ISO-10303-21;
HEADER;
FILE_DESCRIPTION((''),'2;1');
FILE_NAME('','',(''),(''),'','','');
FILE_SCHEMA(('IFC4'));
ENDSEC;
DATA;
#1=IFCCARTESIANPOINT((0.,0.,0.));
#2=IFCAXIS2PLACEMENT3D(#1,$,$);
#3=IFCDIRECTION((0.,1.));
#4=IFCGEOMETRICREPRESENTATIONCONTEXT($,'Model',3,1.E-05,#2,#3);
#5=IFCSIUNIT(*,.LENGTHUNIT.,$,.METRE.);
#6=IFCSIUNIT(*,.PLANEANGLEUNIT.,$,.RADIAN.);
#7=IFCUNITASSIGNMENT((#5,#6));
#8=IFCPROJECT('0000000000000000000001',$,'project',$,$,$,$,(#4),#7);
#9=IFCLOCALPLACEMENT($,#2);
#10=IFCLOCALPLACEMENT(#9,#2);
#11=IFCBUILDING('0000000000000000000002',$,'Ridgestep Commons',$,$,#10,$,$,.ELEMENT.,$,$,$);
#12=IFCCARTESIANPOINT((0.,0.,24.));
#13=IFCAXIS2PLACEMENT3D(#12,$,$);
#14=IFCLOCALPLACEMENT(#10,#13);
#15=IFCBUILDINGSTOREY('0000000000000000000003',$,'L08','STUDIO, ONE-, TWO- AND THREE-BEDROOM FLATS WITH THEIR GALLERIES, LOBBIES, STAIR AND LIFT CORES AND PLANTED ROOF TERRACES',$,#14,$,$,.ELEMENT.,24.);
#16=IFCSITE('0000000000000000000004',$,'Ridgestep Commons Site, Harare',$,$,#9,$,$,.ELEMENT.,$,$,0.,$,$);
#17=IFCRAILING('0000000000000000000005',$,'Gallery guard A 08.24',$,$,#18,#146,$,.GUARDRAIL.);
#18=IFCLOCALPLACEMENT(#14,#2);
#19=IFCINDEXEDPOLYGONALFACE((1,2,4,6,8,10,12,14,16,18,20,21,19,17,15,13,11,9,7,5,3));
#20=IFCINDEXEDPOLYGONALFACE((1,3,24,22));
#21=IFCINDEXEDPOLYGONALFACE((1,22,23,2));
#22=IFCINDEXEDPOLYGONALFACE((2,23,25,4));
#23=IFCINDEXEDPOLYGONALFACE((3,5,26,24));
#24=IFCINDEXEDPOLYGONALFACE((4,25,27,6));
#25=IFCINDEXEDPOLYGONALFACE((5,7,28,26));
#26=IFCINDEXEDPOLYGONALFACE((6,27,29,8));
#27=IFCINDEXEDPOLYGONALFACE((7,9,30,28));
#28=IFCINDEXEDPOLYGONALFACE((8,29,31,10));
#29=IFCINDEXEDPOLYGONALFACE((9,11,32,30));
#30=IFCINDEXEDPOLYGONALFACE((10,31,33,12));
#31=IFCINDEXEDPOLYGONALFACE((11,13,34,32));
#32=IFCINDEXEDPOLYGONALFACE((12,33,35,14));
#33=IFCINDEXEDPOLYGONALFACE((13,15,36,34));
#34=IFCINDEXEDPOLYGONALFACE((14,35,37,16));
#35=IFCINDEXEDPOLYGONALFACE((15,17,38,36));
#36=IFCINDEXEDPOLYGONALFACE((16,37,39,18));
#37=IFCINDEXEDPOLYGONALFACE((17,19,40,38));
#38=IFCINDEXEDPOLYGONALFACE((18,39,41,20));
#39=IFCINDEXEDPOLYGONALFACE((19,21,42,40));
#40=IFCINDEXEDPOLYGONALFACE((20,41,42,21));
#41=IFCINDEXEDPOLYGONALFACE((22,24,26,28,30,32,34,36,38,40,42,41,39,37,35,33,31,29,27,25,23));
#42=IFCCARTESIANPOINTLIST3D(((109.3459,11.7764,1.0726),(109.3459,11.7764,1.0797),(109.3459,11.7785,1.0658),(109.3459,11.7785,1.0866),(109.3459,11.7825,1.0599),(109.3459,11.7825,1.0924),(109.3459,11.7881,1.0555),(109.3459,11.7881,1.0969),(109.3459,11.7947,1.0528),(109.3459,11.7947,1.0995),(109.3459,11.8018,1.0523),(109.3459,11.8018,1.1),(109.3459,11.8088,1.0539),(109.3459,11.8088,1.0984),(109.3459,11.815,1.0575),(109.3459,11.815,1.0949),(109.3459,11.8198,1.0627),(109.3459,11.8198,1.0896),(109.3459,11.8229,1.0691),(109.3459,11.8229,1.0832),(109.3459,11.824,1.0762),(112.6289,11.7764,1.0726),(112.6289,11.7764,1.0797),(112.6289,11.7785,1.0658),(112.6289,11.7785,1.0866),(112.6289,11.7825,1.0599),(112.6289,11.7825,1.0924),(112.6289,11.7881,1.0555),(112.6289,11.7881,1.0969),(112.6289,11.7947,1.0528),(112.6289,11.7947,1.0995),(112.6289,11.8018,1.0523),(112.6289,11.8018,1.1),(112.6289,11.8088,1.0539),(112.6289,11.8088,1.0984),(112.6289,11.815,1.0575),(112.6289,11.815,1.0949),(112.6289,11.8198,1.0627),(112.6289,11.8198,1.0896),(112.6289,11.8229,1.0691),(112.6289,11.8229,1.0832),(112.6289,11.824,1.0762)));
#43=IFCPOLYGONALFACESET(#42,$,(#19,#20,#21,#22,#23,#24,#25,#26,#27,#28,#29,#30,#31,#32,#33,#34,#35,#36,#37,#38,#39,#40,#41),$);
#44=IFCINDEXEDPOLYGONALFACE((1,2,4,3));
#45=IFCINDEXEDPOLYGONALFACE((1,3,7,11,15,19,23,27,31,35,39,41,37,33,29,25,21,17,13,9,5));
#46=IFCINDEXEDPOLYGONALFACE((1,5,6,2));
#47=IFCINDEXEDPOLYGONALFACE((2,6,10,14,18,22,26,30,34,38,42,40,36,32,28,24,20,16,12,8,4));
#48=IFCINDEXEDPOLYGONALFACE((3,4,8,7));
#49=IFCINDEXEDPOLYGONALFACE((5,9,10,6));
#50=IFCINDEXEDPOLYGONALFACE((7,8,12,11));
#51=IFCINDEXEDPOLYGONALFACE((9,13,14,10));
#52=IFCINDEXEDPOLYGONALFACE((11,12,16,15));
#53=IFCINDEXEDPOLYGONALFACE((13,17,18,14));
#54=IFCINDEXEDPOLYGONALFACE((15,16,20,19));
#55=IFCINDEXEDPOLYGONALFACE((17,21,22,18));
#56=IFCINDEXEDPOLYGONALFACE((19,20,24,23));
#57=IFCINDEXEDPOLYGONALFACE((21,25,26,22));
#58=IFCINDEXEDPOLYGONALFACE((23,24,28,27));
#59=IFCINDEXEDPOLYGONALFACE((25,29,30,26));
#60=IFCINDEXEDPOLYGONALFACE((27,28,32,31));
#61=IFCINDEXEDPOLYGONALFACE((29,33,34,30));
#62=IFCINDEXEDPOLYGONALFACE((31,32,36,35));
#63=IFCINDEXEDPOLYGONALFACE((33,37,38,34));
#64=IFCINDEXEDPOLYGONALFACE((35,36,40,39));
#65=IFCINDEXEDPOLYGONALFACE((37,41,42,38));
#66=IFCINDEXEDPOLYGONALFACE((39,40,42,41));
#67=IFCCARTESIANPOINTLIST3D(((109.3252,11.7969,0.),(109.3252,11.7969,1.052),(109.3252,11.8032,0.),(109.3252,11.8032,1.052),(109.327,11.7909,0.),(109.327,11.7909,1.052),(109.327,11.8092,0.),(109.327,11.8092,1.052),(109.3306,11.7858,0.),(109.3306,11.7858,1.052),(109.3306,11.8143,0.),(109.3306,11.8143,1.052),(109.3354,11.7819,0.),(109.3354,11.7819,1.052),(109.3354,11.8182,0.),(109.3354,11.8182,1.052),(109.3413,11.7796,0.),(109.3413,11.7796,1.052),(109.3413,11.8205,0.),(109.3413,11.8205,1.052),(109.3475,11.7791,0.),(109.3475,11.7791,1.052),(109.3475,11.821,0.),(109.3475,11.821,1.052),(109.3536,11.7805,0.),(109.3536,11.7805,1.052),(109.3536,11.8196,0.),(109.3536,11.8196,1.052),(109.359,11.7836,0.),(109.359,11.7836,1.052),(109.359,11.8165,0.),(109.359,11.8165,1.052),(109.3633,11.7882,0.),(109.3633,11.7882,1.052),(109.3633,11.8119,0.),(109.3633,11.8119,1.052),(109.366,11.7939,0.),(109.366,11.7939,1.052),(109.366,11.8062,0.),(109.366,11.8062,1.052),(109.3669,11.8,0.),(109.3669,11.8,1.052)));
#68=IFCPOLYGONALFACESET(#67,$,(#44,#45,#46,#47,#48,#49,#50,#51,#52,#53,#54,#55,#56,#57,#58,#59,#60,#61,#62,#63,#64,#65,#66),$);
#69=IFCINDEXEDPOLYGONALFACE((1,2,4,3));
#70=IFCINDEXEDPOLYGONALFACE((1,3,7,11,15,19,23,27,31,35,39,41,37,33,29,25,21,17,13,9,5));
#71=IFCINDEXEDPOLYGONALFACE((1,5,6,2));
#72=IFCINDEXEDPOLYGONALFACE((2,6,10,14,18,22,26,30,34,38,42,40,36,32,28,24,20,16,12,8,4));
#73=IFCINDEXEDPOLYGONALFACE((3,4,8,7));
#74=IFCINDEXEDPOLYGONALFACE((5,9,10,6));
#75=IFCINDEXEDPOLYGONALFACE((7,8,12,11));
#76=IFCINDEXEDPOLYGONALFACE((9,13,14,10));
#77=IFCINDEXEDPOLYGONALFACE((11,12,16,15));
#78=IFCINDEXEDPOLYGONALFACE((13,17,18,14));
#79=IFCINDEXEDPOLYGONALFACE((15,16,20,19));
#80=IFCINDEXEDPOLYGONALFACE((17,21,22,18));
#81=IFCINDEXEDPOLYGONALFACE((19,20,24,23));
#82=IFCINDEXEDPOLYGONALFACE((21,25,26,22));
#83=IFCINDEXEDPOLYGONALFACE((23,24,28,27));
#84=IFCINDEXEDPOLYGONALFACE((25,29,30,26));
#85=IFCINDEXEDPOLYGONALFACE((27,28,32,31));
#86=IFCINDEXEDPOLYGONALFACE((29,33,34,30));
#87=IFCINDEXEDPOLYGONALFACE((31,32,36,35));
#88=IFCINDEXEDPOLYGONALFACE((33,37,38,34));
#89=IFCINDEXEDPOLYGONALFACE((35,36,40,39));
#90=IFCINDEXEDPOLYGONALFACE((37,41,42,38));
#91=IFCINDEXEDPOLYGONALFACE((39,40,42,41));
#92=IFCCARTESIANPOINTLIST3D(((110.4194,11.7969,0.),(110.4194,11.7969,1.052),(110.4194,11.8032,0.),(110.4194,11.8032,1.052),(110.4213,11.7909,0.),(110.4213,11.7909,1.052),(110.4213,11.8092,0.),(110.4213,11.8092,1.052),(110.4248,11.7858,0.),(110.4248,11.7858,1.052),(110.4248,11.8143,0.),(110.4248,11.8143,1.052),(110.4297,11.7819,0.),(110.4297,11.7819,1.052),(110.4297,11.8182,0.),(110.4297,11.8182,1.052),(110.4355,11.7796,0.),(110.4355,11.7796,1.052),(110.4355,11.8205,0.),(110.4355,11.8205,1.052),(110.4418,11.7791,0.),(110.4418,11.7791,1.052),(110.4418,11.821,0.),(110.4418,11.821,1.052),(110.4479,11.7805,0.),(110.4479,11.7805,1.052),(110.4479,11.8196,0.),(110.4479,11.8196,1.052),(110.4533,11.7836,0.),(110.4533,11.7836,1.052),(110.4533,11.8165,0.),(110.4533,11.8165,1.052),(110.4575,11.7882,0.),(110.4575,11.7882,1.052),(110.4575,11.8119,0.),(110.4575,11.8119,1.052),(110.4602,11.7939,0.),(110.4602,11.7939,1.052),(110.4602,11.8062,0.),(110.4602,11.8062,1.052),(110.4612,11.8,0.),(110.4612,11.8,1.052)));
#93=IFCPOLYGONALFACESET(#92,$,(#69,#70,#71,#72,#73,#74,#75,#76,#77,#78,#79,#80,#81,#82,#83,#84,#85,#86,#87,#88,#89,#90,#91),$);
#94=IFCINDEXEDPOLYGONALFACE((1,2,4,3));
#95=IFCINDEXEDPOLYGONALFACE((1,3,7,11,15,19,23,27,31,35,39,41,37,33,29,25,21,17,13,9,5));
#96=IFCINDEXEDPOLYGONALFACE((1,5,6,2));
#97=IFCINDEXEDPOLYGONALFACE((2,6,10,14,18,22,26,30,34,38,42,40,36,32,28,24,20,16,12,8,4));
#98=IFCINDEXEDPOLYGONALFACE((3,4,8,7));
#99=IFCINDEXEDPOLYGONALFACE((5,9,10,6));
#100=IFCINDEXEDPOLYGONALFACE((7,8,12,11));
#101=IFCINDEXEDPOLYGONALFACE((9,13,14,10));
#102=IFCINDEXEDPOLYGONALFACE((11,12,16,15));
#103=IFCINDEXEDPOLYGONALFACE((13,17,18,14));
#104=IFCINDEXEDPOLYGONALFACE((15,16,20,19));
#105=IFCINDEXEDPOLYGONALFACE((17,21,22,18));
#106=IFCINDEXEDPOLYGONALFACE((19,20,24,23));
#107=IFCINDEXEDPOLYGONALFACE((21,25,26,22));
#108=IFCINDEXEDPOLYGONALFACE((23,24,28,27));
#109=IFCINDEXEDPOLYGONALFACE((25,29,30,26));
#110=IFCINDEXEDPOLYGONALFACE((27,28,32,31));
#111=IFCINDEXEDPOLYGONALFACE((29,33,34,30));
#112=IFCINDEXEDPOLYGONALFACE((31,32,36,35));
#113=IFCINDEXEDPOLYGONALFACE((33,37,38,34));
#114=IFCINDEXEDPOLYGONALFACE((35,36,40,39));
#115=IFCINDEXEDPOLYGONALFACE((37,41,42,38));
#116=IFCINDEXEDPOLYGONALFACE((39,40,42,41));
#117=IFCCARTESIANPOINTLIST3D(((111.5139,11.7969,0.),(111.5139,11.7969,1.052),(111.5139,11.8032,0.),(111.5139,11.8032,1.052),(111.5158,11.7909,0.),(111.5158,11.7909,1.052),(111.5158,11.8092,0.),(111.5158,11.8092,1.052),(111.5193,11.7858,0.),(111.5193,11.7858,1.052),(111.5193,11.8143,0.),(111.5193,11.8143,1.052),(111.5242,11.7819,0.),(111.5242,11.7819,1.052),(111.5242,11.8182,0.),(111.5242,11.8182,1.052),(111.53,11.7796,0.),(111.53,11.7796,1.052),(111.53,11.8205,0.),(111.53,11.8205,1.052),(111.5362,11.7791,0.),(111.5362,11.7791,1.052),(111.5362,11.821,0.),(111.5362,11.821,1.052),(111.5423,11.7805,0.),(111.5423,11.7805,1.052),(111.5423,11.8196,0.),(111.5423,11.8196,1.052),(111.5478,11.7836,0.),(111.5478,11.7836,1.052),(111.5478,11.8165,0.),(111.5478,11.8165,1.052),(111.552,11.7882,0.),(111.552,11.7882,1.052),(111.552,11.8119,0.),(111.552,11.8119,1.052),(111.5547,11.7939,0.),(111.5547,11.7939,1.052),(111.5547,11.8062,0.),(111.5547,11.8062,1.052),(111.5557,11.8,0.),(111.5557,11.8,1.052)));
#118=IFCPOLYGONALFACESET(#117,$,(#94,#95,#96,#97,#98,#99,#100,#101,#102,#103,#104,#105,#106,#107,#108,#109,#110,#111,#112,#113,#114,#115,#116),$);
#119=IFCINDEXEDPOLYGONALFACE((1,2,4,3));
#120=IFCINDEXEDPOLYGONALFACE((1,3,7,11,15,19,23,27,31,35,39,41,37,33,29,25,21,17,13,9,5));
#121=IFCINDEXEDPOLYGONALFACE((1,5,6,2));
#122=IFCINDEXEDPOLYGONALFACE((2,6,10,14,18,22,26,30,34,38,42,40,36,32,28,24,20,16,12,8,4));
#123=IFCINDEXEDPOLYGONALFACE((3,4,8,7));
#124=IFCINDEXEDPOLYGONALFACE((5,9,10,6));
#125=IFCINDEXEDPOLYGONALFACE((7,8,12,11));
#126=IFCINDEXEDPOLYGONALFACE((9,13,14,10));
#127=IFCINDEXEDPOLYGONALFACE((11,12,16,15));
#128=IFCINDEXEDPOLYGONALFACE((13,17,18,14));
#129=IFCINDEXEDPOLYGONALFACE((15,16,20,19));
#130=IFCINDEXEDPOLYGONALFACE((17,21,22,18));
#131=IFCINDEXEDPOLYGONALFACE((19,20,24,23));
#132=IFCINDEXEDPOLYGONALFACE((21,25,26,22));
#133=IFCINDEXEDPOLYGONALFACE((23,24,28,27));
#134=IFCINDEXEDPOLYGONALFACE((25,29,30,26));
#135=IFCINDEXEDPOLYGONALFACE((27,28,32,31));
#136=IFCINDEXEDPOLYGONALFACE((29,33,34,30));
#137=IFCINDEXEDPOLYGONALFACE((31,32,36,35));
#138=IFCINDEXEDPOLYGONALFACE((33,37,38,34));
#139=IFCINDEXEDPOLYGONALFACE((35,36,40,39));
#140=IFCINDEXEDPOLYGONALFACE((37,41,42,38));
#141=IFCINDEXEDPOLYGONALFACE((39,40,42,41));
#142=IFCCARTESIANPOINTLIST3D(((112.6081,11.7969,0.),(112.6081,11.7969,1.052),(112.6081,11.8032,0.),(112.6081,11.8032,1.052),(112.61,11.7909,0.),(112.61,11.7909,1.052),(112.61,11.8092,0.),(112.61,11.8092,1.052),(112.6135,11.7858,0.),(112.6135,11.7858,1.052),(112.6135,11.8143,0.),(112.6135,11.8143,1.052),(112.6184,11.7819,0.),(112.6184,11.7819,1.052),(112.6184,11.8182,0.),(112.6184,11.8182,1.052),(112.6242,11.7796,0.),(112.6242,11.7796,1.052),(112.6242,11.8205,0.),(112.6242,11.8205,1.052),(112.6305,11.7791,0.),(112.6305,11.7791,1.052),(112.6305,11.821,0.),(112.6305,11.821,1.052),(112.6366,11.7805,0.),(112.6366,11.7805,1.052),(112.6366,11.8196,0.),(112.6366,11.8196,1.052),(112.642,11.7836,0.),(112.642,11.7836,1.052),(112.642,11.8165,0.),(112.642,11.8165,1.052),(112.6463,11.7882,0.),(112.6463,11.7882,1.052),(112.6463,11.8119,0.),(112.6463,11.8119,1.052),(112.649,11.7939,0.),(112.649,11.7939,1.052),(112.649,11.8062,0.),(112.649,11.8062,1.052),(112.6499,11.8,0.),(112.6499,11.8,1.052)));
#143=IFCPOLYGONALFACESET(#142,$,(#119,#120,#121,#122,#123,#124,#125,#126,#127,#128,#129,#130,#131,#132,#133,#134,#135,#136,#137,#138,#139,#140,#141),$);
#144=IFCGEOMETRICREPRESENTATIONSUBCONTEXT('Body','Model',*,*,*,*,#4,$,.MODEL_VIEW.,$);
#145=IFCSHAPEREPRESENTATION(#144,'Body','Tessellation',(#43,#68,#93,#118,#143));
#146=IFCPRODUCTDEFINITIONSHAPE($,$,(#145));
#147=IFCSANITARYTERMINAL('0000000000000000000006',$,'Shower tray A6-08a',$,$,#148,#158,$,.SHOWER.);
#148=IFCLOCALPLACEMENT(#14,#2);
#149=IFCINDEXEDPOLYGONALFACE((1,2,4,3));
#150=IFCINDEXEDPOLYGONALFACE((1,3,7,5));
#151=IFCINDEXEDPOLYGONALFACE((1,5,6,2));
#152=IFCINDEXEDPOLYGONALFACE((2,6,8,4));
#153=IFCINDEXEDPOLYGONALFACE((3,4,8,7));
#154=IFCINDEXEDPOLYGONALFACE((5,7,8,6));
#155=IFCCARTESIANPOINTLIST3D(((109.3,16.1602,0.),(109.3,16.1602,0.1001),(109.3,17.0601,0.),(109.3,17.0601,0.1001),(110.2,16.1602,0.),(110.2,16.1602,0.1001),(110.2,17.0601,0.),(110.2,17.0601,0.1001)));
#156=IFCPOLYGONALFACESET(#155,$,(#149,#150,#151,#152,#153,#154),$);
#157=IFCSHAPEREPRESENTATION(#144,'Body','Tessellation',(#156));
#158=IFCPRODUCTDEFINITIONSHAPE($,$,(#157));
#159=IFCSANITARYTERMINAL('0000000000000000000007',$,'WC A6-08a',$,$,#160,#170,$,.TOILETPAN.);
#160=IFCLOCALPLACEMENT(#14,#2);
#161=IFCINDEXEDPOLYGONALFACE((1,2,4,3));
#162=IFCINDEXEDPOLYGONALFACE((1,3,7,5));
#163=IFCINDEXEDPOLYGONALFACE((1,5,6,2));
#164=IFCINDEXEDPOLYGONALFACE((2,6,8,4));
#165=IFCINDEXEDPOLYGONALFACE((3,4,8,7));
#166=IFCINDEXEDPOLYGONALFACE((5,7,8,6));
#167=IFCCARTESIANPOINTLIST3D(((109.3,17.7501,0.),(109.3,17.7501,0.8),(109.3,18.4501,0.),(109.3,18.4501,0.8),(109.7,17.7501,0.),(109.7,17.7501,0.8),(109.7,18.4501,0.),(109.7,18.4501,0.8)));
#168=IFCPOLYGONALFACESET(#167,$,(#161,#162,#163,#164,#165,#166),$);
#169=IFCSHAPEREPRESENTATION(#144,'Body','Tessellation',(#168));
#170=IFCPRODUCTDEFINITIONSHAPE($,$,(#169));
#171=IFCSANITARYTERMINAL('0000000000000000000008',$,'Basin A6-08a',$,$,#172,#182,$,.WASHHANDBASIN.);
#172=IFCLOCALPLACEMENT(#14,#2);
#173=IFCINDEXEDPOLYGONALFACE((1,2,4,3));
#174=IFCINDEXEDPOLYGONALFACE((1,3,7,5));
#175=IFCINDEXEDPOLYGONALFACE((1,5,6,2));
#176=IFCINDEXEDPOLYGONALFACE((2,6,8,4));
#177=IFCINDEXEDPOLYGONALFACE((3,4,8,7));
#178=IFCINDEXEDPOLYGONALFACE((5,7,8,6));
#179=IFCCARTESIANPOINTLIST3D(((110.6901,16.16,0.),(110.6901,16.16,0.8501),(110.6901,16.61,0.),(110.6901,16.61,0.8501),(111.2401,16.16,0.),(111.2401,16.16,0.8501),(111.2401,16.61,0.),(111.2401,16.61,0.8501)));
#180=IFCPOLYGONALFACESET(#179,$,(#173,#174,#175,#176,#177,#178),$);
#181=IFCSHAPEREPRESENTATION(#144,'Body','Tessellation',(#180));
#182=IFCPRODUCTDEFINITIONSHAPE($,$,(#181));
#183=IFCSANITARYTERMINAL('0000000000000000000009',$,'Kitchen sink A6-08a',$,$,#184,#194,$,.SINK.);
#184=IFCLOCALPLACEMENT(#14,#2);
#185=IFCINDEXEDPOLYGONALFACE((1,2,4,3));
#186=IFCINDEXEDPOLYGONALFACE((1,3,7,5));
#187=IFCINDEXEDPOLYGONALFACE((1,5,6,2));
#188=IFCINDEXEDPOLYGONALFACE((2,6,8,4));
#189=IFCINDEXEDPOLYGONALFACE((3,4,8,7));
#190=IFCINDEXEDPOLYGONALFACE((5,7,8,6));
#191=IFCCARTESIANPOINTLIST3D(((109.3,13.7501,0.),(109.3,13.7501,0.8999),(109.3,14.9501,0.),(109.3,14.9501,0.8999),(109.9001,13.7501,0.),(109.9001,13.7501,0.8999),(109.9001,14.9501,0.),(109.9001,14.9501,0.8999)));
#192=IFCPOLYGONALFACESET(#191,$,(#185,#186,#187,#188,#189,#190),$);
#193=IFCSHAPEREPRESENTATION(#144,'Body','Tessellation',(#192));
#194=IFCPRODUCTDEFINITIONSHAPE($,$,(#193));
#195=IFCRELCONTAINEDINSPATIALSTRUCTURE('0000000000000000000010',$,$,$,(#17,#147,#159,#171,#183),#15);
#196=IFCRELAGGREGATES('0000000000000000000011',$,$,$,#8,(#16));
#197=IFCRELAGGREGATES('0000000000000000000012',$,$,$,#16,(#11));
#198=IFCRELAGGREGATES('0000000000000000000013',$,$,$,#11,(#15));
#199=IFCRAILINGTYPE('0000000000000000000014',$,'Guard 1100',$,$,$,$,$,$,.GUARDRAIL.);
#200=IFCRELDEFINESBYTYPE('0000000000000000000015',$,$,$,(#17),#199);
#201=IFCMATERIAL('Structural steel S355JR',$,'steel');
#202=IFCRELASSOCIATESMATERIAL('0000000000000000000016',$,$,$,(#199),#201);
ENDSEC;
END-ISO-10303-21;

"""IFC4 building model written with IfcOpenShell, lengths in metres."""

from ifc_helpers import new_model, si_unit, direction, frame, origin, origin_2d, place, context, subcontext, project, spatial, rectangle, circle, extrude, material, type_object, element, save


model = new_model("IFC4")

# Units and contexts
model_context = context("Model", 3, precision=1e-05, world=origin(), true_north=direction((0.0, 1.0)))
body_context = subcontext(model_context, "Body", "Model", "MODEL_VIEW")
ifc_project = project(units=[si_unit("LENGTHUNIT", "METRE"), si_unit("PLANEANGLEUNIT", "RADIAN")], contexts=[model_context])

# Site, building, storey
site_placement = place(None, origin())
site = spatial("IfcSite", under=ifc_project, at=site_placement, Name="Ridgestep Commons Site, Harare", CompositionType="ELEMENT", RefElevation=0.0)
building_placement = place(site_placement, origin())
building = spatial("IfcBuilding", under=site, at=building_placement, Name="Ridgestep Commons", CompositionType="ELEMENT")
storey_placement = place(building_placement, frame((0.0, 0.0, 24.0)))
storey = spatial("IfcBuildingStorey", under=building, at=storey_placement, Name="L08", Description="STUDIO, ONE-, TWO- AND THREE-BEDROOM FLATS WITH THEIR GALLERIES, LOBBIES, STAIR AND LIFT CORES AND PLANTED ROOF TERRACES", CompositionType="ELEMENT", Elevation=24.0)

# Railing
ifc_material_1 = material(Name="Structural steel S355JR", Category="steel")
railing_type = type_object("IfcRailingType", Name="Guard 1100", PredefinedType="GUARDRAIL", material=ifc_material_1)
railing_1_placement = place(storey_placement, frame((109.3459, 11.8, 0.0)))
element("IfcRailing", 1, at=railing_1_placement, inside=storey, type_object=railing_type, Name="Gallery guard A 08.24", PredefinedType="GUARDRAIL", context=body_context, shape_type="SweptSolid", body=[
    extrude(circle(Radius=0.0239, at=origin_2d()), frame((0.0, 0.0, 1.0762), z_axis=(1.0, 0.0, 0.0), x_axis=(0.0, 1.0, 0.0)), (0.0, 0.0, 1.0), 3.283),
    extrude(circle(Radius=0.021, at=origin_2d()), origin(), (0.0, 0.0, 1.0), 1.052),
    extrude(circle(Radius=0.021, at=origin_2d()), frame((1.0942, 0.0, 0.0)), (0.0, 0.0, 1.0), 1.052),
    extrude(circle(Radius=0.021, at=origin_2d()), frame((2.1887, 0.0, 0.0)), (0.0, 0.0, 1.0), 1.052),
    extrude(circle(Radius=0.021, at=origin_2d()), frame((3.283, 0.0, 0.0)), (0.0, 0.0, 1.0), 1.052),
])

# Sanitary terminals
sanitary_terminal_1_placement = place(storey_placement, frame((109.75, 16.6101, 0.0), z_axis=(0.0, 0.0, 1.0), x_axis=(1.0, 0.0, 0.0)))
element("IfcSanitaryTerminal", 2, at=sanitary_terminal_1_placement, inside=storey, Name="Shower tray A6-08a", PredefinedType="SHOWER", context=body_context, shape_type="SweptSolid", body=[
    extrude(rectangle(XDim=0.8999, YDim=0.8999, at=origin_2d()), origin(), (0.0, 0.0, 1.0), 0.1001),
])
sanitary_terminal_2_placement = place(storey_placement, frame((109.5, 18.1001, 0.0), z_axis=(0.0, 0.0, 1.0), x_axis=(1.0, 0.0, 0.0)))
element("IfcSanitaryTerminal", 3, at=sanitary_terminal_2_placement, inside=storey, Name="WC A6-08a", PredefinedType="TOILETPAN", context=body_context, shape_type="SweptSolid", body=[
    extrude(rectangle(XDim=0.3999, YDim=0.7, at=origin_2d()), origin(), (0.0, 0.0, 1.0), 0.8),
])
sanitary_terminal_3_placement = place(storey_placement, frame((110.9651, 16.385, 0.0), z_axis=(0.0, 0.0, 1.0), x_axis=(1.0, 0.0, 0.0)))
element("IfcSanitaryTerminal", 4, at=sanitary_terminal_3_placement, inside=storey, Name="Basin A6-08a", PredefinedType="WASHHANDBASIN", context=body_context, shape_type="SweptSolid", body=[
    extrude(rectangle(XDim=0.55, YDim=0.45, at=origin_2d()), origin(), (0.0, 0.0, 1.0), 0.8501),
])
sanitary_terminal_4_placement = place(storey_placement, frame((109.6001, 14.3501, 0.0), z_axis=(0.0, 0.0, 1.0), x_axis=(1.0, 0.0, 0.0)))
element("IfcSanitaryTerminal", 5, at=sanitary_terminal_4_placement, inside=storey, Name="Kitchen sink A6-08a", PredefinedType="SINK", context=body_context, shape_type="SweptSolid", body=[
    extrude(rectangle(XDim=0.6001, YDim=1.2, at=origin_2d()), origin(), (0.0, 0.0, 1.0), 0.8999),
])

save(model, "model.ifc")
